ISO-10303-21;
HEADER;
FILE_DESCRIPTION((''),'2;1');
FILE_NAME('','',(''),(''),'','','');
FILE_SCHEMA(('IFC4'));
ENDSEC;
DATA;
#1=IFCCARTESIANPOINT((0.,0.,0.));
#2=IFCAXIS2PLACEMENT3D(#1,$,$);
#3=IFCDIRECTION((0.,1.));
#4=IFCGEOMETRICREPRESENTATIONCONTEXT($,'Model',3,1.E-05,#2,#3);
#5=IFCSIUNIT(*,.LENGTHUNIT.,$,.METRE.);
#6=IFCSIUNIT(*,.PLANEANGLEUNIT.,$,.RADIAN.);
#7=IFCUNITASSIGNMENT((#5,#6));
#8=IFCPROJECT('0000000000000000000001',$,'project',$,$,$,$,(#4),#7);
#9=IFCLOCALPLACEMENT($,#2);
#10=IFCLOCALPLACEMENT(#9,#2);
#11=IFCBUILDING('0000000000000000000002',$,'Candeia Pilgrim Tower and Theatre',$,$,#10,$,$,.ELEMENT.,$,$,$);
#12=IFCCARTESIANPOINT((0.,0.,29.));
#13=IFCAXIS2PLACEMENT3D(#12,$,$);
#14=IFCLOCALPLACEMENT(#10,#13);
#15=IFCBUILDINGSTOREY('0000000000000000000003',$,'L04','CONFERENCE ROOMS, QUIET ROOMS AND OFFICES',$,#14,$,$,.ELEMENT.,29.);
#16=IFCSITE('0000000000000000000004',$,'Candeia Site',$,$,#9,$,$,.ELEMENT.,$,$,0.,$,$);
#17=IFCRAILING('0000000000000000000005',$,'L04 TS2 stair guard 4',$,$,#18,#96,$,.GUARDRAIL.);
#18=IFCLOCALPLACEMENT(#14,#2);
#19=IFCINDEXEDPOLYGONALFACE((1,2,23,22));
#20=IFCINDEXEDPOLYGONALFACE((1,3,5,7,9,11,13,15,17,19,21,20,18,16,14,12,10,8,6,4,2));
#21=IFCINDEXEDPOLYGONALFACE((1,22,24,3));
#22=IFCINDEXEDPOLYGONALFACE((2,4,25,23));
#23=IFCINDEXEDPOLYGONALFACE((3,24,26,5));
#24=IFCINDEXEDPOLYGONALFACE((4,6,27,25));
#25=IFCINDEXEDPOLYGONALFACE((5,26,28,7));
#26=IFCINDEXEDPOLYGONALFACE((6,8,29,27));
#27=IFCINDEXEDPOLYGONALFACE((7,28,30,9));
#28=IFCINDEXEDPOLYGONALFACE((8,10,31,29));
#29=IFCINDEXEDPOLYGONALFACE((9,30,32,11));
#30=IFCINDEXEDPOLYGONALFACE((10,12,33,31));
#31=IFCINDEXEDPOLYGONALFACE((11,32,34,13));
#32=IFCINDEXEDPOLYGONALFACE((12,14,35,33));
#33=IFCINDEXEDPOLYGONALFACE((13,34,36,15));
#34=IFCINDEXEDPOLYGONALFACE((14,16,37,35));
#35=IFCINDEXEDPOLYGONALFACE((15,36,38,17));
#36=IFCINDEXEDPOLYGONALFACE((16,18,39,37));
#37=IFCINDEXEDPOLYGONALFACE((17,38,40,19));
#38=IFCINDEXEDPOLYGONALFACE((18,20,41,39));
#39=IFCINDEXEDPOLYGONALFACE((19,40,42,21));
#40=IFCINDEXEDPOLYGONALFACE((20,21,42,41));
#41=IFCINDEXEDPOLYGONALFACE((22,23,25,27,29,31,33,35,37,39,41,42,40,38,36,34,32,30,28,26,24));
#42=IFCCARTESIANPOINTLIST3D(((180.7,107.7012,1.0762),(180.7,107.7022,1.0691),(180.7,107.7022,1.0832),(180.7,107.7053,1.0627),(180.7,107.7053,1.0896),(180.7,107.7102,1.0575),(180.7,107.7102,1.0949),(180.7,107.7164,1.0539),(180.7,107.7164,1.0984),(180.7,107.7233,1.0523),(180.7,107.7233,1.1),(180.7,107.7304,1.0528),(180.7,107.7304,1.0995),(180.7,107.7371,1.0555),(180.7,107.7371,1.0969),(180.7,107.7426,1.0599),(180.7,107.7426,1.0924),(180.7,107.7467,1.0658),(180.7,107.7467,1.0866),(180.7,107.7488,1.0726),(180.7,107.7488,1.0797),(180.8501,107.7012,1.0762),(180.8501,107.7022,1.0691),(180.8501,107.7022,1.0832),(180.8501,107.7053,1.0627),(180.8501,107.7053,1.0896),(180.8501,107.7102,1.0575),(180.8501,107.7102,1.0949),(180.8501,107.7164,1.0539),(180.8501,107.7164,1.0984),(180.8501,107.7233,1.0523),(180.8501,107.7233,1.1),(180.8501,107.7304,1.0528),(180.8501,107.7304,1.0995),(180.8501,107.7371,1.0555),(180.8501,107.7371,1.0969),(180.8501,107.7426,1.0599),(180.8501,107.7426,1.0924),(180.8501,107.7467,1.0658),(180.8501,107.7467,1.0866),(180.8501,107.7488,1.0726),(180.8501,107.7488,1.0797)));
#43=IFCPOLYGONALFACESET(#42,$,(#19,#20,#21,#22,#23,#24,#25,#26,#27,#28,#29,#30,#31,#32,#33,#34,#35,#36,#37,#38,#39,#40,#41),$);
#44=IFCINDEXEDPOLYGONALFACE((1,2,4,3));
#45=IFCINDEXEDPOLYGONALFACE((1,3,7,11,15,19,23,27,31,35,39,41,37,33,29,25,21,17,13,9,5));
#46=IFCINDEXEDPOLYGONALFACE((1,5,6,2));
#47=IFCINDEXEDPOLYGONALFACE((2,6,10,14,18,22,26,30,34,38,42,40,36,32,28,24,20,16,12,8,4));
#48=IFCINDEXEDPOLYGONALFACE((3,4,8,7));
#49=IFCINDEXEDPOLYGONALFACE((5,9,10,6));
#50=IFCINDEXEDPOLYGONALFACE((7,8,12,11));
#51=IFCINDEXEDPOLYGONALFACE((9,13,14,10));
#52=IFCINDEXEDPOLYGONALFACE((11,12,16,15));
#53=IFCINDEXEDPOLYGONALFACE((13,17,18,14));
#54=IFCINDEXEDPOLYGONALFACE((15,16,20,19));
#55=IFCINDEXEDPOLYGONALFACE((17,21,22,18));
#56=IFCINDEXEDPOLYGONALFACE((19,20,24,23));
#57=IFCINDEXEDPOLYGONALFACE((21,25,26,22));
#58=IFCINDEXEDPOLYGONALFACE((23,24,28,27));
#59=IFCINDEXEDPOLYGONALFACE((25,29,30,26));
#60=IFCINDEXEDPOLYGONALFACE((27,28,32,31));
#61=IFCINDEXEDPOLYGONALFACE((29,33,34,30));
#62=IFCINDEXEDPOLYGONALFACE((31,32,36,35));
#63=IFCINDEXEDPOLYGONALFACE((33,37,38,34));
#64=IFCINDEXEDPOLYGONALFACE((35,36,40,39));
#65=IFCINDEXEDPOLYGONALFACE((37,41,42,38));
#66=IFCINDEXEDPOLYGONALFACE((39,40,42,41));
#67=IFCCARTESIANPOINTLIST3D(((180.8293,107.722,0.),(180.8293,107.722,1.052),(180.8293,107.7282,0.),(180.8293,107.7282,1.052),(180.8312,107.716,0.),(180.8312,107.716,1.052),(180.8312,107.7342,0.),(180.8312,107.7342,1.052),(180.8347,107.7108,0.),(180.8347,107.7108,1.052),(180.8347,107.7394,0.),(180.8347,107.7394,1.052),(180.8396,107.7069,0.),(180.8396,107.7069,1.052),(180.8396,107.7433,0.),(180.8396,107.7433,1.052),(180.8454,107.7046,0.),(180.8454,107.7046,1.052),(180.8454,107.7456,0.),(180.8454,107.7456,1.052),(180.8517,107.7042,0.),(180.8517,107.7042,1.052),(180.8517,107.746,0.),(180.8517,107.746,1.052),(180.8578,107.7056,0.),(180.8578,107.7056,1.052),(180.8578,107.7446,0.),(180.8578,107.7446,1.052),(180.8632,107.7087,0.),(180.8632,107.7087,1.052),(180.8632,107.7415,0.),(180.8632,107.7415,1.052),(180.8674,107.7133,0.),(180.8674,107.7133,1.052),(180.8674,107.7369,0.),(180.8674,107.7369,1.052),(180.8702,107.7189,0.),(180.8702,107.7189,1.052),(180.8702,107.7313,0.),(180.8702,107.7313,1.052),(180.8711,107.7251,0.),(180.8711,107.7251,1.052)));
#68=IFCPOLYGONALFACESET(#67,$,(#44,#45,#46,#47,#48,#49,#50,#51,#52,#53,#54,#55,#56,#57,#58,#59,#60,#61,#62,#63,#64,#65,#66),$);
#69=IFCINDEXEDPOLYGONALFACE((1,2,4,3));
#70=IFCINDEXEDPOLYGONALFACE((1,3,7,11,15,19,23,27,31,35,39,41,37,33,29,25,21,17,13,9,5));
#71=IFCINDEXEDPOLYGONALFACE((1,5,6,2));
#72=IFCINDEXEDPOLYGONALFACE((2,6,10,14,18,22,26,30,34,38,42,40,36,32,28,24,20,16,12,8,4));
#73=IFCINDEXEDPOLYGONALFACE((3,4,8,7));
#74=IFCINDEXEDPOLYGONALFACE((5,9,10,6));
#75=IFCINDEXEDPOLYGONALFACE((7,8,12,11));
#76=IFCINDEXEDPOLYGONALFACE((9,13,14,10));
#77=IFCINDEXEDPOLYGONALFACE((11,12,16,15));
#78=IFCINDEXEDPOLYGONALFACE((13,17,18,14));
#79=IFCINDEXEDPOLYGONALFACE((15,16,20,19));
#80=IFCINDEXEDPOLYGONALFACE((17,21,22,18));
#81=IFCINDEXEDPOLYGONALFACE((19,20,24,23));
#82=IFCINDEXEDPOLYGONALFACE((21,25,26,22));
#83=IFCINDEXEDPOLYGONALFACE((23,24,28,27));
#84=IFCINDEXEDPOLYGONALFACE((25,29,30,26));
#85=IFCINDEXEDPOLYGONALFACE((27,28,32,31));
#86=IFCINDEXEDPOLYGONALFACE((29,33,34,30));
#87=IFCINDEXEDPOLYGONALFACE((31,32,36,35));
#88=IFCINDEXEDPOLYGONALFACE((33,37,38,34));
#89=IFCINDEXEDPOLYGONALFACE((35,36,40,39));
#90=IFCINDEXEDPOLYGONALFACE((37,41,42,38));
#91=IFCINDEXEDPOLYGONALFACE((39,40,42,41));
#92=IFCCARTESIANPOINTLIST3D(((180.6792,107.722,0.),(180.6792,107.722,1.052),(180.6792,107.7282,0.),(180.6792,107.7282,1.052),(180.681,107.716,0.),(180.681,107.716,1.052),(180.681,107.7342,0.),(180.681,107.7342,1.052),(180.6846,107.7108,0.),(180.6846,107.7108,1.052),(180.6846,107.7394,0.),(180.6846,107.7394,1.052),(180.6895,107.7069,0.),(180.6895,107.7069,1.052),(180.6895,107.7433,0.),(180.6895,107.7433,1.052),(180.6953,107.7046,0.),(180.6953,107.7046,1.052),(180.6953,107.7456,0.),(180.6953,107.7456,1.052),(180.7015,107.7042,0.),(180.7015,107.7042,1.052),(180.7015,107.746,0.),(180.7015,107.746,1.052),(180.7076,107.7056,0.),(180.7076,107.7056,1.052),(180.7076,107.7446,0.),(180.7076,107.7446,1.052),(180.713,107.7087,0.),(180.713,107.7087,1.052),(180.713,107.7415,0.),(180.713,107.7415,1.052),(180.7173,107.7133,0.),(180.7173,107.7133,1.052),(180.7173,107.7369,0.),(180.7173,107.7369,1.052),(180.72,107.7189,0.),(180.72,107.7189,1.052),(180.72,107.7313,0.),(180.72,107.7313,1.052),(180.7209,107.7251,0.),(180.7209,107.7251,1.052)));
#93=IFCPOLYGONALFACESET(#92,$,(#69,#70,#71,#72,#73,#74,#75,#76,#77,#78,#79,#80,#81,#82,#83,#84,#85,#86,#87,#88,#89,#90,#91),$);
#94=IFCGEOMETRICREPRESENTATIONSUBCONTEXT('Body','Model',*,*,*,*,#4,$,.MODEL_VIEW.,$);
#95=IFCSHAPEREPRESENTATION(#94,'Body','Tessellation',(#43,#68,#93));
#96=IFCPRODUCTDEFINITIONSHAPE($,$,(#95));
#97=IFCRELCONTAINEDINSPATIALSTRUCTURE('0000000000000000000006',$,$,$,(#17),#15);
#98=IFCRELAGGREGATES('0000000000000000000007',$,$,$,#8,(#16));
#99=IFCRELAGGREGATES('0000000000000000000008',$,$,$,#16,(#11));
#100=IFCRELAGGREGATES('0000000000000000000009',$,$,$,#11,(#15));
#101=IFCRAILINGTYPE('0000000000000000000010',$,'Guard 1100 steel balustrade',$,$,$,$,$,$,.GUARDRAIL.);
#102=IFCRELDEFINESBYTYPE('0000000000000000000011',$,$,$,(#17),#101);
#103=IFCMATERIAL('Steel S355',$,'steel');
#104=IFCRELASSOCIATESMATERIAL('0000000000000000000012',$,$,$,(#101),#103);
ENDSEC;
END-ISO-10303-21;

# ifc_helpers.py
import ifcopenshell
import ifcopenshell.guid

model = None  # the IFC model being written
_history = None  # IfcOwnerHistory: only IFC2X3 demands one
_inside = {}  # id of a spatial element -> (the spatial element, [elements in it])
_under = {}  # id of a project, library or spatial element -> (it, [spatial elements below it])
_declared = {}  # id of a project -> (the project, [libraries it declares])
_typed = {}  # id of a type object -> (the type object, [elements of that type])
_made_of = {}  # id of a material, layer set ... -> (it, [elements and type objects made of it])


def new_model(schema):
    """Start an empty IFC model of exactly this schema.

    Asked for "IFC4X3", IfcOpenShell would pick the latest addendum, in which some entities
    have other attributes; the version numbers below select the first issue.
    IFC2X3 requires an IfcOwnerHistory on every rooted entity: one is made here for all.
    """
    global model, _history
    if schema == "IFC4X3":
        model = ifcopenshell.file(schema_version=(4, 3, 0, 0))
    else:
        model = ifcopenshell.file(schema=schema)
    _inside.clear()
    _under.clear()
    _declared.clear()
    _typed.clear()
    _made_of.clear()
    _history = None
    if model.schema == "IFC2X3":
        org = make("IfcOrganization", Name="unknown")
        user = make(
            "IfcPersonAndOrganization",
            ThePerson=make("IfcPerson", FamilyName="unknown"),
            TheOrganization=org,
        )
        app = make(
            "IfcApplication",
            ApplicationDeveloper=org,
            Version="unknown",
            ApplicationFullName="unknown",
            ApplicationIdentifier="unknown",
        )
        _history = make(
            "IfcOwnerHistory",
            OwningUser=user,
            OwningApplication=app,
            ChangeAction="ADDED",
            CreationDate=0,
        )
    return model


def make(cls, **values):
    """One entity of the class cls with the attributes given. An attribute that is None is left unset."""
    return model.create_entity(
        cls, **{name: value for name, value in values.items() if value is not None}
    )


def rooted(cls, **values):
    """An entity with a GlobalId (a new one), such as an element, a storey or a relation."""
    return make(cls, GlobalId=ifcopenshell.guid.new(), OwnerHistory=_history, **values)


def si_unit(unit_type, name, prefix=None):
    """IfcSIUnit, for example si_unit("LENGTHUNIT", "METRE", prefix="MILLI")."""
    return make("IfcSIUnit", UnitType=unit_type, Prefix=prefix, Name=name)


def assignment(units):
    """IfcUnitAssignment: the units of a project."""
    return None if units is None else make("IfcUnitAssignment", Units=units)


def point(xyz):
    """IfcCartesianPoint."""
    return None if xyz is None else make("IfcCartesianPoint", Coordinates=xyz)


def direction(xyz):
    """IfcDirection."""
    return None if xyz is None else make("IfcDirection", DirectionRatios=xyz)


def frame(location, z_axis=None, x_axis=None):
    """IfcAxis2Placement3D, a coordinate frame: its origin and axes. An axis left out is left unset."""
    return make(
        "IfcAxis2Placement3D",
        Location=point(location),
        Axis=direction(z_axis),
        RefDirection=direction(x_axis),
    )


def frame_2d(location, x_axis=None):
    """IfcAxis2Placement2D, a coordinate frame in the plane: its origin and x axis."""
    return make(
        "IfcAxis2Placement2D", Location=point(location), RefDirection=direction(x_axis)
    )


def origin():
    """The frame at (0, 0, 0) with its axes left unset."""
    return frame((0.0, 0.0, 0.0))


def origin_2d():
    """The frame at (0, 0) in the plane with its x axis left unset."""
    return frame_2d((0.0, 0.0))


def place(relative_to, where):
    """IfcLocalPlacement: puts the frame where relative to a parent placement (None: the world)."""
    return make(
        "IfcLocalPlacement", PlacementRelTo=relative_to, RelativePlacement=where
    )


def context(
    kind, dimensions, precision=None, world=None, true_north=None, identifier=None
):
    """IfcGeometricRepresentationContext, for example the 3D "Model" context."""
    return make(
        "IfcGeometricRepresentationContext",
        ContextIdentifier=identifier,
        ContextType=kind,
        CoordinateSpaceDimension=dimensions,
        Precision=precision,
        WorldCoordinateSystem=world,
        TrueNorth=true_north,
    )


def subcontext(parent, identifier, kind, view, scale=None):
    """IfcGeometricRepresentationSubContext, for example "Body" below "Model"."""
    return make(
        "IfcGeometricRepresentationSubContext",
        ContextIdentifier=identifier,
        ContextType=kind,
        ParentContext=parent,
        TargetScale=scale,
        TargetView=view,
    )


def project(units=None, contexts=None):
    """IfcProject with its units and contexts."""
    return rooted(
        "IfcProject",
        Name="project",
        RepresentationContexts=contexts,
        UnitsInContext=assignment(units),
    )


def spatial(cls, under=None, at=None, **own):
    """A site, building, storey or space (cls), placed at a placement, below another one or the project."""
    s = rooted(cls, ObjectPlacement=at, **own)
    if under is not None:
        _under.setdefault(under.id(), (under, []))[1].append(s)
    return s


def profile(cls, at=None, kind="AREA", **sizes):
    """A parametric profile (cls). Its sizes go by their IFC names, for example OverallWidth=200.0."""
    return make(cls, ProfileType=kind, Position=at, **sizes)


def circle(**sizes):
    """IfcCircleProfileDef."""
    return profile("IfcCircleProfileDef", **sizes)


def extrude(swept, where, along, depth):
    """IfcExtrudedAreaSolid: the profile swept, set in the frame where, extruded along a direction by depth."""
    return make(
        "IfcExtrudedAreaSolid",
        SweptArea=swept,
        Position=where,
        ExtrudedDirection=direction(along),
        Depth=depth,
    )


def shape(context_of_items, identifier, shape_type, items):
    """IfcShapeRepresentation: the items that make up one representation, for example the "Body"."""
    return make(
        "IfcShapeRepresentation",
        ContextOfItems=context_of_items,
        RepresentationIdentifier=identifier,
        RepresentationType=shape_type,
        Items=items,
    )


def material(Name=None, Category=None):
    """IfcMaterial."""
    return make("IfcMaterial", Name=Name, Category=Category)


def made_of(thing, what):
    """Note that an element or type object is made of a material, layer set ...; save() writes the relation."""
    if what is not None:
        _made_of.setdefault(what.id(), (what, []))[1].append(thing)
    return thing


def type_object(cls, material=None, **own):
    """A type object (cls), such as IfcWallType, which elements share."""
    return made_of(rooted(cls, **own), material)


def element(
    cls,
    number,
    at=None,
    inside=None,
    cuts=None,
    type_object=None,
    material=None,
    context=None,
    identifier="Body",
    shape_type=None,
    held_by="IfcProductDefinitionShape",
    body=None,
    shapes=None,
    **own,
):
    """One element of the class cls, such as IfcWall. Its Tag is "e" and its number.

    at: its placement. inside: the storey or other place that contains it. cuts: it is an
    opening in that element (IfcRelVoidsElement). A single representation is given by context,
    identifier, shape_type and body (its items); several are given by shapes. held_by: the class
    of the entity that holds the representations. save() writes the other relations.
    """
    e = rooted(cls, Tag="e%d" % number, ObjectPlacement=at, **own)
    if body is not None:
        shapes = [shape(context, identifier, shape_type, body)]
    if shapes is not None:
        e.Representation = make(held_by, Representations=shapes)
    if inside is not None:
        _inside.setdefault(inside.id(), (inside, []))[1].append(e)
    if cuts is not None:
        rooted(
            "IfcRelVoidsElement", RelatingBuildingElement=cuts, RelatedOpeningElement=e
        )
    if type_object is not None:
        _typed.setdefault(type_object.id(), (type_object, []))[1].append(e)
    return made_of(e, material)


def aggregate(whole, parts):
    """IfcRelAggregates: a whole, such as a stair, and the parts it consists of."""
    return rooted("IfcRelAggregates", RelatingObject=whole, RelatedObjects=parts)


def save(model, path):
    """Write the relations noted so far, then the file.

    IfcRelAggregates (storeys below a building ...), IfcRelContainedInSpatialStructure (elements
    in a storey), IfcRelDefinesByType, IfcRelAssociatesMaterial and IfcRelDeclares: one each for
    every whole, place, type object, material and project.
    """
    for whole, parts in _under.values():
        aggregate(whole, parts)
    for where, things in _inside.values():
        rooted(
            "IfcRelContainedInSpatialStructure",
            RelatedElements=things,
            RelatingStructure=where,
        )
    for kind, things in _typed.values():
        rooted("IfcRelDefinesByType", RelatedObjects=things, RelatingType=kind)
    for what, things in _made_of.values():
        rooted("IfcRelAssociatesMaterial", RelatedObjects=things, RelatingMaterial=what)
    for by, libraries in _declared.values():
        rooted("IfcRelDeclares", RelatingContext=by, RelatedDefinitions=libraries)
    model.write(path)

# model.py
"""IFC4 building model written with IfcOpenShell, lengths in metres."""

from ifc_helpers import new_model, si_unit, direction, frame, origin, origin_2d, place, context, subcontext, project, spatial, circle, extrude, material, type_object, element, save


model = new_model("IFC4")

# Units and contexts
model_context = context("Model", 3, precision=1e-05, world=origin(), true_north=direction((0.0, 1.0)))
body_context = subcontext(model_context, "Body", "Model", "MODEL_VIEW")
ifc_project = project(units=[si_unit("LENGTHUNIT", "METRE"), si_unit("PLANEANGLEUNIT", "RADIAN")], contexts=[model_context])

# Site, building, storey
site_placement = place(None, origin())
site = spatial("IfcSite", under=ifc_project, at=site_placement, Name="Candeia Site", CompositionType="ELEMENT", RefElevation=0.0)
building_placement = place(site_placement, origin())
building = spatial("IfcBuilding", under=site, at=building_placement, Name="Candeia Pilgrim Tower and Theatre", CompositionType="ELEMENT")
storey_placement = place(building_placement, frame((0.0, 0.0, 29.0)))
storey = spatial("IfcBuildingStorey", under=building, at=storey_placement, Name="L04", Description="CONFERENCE ROOMS, QUIET ROOMS AND OFFICES", CompositionType="ELEMENT", Elevation=29.0)

# Railing
ifc_material_1 = material(Name="Steel S355", Category="steel")
railing_type_1 = type_object("IfcRailingType", Name="Guard 1100 steel balustrade", PredefinedType="GUARDRAIL", material=ifc_material_1)
railing_1_placement = place(storey_placement, frame((180.8501, 107.7251, 0.0)))
element("IfcRailing", 1, at=railing_1_placement, inside=storey, type_object=railing_type_1, Name="L04 TS2 stair guard 4", PredefinedType="GUARDRAIL", context=body_context, shape_type="SweptSolid", body=[
    extrude(circle(Radius=0.0239, at=origin_2d()), frame((0.0, 0.0, 1.0762), z_axis=(-1.0, 0.0, 0.0), x_axis=(0.0, -1.0, 0.0)), (0.0, 0.0, 1.0), 0.1501),
    extrude(circle(Radius=0.021, at=origin_2d()), origin(), (0.0, 0.0, 1.0), 1.052),
    extrude(circle(Radius=0.021, at=origin_2d()), frame((-0.1501, 0.0, 0.0)), (0.0, 0.0, 1.0), 1.052),
])

save(model, "model.ifc")
